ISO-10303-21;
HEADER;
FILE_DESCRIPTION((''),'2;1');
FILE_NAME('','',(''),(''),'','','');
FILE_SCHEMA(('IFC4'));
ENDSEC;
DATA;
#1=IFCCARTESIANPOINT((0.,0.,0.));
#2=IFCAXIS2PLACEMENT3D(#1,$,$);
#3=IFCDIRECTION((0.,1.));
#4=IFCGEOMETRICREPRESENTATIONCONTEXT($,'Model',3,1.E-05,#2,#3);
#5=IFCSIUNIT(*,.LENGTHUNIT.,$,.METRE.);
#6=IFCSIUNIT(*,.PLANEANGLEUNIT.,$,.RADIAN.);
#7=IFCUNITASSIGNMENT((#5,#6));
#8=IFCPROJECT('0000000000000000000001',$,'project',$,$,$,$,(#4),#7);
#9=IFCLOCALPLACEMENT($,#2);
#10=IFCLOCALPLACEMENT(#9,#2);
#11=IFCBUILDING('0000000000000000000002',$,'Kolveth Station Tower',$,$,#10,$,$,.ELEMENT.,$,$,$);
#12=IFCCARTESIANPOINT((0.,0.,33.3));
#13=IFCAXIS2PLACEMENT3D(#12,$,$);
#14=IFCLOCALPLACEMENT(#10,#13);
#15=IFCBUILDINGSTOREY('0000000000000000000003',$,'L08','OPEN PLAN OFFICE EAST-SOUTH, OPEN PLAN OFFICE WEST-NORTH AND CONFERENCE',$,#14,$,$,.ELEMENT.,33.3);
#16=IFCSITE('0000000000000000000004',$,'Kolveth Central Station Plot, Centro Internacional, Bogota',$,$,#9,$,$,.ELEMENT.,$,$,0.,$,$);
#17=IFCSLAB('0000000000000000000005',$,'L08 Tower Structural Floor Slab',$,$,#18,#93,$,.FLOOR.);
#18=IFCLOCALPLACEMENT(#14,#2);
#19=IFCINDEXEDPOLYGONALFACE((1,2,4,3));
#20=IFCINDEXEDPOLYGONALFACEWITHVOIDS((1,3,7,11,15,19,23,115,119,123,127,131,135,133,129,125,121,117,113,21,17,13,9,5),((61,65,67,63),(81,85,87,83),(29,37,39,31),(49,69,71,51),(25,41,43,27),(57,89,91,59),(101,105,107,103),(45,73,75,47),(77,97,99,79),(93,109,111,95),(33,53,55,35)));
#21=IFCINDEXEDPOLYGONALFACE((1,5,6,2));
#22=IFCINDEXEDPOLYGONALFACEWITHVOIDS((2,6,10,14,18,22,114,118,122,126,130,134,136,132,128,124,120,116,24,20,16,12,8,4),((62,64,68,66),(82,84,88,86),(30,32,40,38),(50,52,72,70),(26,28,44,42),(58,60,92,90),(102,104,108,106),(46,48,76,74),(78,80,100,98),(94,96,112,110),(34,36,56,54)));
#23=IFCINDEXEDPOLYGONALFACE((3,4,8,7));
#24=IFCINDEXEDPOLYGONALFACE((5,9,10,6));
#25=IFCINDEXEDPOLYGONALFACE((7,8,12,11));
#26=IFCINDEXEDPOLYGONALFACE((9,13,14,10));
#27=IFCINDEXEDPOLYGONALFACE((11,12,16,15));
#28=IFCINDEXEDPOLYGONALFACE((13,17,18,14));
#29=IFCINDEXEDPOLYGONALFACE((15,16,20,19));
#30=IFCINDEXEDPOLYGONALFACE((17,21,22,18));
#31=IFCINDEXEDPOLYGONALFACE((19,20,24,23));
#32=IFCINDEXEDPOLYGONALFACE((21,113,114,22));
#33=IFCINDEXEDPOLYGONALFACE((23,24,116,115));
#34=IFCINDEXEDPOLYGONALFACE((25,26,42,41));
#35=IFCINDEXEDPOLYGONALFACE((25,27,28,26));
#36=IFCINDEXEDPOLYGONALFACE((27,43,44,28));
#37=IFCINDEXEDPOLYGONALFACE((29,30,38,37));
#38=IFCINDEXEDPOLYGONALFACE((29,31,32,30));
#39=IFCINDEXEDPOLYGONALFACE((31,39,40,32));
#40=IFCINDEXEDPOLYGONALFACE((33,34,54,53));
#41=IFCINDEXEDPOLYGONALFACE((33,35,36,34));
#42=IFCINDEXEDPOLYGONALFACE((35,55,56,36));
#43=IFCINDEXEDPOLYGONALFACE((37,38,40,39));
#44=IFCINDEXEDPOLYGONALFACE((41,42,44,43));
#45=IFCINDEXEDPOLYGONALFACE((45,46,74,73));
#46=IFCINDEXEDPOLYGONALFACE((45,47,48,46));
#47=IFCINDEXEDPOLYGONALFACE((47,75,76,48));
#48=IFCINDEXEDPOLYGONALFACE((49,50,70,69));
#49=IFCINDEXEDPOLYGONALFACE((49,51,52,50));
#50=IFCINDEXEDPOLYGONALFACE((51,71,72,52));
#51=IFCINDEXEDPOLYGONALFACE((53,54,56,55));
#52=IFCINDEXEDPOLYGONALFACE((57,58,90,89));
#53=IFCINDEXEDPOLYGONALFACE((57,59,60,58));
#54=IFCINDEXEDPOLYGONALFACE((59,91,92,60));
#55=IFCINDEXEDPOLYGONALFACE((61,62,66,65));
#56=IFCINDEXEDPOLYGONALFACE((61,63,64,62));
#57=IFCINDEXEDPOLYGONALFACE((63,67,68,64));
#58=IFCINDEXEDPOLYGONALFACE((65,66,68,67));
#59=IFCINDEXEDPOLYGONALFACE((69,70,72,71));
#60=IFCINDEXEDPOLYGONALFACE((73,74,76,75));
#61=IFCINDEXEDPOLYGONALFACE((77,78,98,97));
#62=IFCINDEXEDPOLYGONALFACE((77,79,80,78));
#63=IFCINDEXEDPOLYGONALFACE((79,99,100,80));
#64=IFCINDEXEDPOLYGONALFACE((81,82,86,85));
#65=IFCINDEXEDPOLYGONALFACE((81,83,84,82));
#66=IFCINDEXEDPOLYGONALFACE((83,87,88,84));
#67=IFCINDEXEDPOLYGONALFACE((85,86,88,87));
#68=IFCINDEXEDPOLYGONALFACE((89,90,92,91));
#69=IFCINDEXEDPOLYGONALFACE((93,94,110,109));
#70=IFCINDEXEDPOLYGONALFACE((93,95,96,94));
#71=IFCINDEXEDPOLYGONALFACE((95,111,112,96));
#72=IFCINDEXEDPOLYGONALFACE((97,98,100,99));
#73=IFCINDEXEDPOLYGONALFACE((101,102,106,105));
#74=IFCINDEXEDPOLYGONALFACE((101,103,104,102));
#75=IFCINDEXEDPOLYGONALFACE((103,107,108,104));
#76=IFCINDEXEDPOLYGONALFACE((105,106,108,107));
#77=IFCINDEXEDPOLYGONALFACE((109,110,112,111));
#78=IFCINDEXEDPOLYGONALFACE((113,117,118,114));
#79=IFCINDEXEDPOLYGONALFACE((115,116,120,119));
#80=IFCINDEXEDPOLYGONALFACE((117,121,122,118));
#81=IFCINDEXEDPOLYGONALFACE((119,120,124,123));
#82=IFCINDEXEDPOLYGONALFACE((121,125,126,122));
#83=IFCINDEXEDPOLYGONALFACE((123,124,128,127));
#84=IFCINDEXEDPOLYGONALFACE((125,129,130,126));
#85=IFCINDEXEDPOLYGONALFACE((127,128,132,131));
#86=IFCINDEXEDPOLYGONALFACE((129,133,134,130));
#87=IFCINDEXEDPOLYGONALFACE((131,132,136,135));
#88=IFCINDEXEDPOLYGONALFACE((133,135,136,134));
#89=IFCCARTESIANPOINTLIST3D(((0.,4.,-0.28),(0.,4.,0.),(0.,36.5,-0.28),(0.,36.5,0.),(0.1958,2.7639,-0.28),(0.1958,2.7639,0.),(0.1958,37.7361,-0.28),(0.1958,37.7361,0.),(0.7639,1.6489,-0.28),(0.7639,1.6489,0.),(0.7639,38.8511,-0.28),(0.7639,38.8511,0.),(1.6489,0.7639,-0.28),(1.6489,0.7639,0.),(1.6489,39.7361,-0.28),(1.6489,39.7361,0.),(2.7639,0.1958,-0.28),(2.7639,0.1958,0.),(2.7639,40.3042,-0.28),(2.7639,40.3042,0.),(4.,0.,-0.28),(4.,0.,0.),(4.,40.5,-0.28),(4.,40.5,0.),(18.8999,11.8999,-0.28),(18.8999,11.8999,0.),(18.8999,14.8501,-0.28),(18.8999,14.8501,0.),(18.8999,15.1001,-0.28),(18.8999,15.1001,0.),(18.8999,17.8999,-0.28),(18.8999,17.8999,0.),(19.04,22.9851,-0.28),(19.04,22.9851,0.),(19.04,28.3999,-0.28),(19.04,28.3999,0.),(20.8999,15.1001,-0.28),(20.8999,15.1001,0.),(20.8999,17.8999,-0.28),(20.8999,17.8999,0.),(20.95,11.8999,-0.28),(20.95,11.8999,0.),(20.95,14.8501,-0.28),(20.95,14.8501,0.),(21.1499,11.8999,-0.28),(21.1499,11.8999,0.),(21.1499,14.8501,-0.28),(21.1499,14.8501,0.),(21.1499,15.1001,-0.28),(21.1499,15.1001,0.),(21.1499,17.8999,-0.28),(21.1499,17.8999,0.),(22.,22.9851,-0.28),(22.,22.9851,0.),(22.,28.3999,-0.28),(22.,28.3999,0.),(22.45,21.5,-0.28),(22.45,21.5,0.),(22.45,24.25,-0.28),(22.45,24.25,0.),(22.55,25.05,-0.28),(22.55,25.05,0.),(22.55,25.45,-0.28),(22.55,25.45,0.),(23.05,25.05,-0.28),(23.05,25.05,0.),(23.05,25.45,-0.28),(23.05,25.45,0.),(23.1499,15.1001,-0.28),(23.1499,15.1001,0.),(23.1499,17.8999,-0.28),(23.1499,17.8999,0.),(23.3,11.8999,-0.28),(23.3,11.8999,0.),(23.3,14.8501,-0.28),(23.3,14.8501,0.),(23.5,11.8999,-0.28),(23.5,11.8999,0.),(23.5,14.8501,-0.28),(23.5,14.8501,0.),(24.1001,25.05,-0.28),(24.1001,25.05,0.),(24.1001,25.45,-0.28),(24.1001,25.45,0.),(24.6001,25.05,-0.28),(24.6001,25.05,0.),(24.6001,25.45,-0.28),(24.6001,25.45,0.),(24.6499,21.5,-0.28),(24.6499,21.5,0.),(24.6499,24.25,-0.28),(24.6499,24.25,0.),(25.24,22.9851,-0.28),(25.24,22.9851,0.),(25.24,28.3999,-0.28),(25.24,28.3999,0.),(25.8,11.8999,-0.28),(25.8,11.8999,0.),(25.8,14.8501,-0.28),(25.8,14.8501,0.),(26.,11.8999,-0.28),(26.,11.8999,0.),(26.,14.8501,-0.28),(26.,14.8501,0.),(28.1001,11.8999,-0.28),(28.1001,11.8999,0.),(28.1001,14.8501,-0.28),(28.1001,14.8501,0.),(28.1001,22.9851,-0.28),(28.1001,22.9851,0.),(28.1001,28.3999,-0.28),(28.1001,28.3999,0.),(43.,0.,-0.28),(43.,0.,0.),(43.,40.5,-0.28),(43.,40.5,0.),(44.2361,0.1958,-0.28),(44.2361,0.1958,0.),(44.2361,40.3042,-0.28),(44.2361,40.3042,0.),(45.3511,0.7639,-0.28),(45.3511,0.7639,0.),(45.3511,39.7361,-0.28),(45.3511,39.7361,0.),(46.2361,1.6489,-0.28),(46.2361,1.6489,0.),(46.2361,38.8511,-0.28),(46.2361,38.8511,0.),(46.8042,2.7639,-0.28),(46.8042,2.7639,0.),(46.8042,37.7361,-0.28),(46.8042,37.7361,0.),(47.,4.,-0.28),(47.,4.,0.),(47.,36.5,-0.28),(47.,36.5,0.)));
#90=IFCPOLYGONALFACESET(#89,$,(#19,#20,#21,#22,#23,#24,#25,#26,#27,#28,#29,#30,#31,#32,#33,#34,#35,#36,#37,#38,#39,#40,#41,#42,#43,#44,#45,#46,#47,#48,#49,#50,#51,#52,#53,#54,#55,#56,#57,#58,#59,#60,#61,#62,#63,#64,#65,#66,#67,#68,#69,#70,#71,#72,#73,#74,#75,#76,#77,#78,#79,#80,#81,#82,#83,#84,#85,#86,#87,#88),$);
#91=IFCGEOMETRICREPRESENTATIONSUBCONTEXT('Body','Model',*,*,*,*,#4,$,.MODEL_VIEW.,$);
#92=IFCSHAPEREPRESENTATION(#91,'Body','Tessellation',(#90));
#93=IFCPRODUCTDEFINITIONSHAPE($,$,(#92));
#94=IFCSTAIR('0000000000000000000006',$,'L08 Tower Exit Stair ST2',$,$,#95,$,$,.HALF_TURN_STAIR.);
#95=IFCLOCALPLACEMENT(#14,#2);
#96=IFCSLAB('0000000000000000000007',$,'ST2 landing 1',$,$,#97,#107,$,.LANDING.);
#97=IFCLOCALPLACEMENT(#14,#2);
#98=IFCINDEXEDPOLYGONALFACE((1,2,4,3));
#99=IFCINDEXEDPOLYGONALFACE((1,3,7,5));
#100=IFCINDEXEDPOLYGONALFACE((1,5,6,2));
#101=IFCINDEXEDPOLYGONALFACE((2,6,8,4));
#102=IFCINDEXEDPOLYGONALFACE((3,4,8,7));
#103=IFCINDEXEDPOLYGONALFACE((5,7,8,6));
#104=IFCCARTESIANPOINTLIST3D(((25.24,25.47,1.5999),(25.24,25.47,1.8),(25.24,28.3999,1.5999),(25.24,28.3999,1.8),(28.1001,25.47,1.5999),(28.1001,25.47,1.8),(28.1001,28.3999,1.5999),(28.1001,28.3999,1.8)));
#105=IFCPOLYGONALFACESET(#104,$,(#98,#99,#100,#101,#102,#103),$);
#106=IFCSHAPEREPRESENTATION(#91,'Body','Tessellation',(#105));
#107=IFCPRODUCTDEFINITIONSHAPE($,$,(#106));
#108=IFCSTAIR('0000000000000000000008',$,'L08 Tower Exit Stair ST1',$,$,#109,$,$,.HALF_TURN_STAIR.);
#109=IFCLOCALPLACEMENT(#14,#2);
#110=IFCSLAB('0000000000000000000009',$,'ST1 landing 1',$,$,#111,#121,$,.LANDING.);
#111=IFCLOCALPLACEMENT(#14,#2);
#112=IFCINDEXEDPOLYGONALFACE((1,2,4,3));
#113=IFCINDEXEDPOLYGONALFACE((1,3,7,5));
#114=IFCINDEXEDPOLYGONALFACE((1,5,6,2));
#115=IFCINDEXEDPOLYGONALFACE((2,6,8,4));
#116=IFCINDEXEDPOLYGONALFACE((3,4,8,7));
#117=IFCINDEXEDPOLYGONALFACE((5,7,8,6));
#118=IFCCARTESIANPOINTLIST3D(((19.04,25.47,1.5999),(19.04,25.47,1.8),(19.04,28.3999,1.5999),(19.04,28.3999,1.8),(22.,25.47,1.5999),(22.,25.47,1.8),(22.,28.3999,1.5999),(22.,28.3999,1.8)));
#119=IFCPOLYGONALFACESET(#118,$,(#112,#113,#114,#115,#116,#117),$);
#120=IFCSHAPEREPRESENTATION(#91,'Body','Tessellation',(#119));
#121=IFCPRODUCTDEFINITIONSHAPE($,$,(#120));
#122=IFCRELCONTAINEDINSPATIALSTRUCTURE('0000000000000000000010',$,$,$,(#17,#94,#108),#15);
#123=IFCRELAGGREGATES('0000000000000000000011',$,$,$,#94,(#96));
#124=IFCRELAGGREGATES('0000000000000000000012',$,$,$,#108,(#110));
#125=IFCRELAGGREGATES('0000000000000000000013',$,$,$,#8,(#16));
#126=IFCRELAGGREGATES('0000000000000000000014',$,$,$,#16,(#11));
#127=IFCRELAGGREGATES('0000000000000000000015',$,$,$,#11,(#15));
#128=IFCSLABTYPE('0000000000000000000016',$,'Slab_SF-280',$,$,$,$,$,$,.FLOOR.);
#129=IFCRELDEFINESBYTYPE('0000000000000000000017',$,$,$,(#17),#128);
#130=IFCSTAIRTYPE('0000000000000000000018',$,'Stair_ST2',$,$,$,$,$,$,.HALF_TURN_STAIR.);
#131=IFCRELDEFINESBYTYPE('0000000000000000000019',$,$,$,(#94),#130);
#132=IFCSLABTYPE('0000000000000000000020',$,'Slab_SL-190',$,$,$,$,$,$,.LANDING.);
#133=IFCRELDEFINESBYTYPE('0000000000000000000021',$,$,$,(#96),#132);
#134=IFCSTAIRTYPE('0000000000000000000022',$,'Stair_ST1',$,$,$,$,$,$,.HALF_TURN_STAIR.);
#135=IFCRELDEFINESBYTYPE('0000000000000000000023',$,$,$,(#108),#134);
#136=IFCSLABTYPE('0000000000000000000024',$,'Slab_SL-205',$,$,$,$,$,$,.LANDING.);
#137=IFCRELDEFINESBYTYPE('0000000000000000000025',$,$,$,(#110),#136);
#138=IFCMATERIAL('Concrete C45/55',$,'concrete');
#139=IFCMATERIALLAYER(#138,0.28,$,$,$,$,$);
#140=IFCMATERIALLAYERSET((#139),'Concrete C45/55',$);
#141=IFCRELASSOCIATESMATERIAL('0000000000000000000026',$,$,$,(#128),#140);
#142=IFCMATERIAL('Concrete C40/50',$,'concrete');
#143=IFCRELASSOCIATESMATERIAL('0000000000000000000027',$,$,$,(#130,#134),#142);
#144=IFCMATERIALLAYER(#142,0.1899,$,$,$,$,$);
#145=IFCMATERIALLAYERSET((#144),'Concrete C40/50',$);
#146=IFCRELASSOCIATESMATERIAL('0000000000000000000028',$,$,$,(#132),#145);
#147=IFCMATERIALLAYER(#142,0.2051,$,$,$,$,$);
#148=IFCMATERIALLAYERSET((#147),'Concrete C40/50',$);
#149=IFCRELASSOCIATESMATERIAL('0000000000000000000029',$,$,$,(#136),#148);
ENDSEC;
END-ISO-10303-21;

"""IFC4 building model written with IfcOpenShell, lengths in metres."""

from ifc_helpers import new_model, si_unit, direction, frame, origin, place, context, subcontext, project, spatial, polyline, outline, extrude, material, layer, layer_set, type_object, element, aggregate, save


model = new_model("IFC4")

# Units and contexts
model_context = context("Model", 3, precision=1e-05, world=origin(), true_north=direction((0.0, 1.0)))
body_context = subcontext(model_context, "Body", "Model", "MODEL_VIEW")
ifc_project = project(units=[si_unit("LENGTHUNIT", "METRE"), si_unit("PLANEANGLEUNIT", "RADIAN")], contexts=[model_context])

# Site, building, storey
site_placement = place(None, origin())
site = spatial("IfcSite", under=ifc_project, at=site_placement, Name="Kolveth Central Station Plot, Centro Internacional, Bogota", CompositionType="ELEMENT", RefElevation=0.0)
building_placement = place(site_placement, origin())
building = spatial("IfcBuilding", under=site, at=building_placement, Name="Kolveth Station Tower", CompositionType="ELEMENT")
storey_placement = place(building_placement, frame((0.0, 0.0, 33.3)))
storey = spatial("IfcBuildingStorey", under=building, at=storey_placement, Name="L08", Description="OPEN PLAN OFFICE EAST-SOUTH, OPEN PLAN OFFICE WEST-NORTH AND CONFERENCE", CompositionType="ELEMENT", Elevation=33.3)

# Slab
ifc_material_1 = material(Name="Concrete C45/55", Category="concrete")
ifc_layer_1 = layer(ifc_material_1, 0.28)
ifc_layer_set_1 = layer_set([ifc_layer_1], Name="Concrete C45/55")
slab_type_1 = type_object("IfcSlabType", Name="Slab_SF-280", PredefinedType="FLOOR", material=ifc_layer_set_1)
slab_1_placement = place(storey_placement, frame((0.0, 0.0, -0.28)))
element("IfcSlab", 1, at=slab_1_placement, inside=storey, type_object=slab_type_1, Name="L08 Tower Structural Floor Slab", PredefinedType="FLOOR", context=body_context, shape_type="SweptSolid", body=[
    extrude(outline(polyline([(43.0, 0.0), (44.2361, 0.1958), (45.3511, 0.7639), (46.2361, 1.6489), (46.8042, 2.7639), (47.0, 4.0), (47.0, 36.5), (46.8042, 37.7361), (46.2361, 38.8511), (45.3511, 39.7361), (44.2361, 40.3042), (43.0, 40.5), (4.0, 40.5), (2.7639, 40.3042), (1.6489, 39.7361), (0.7639, 38.8511), (0.1958, 37.7361), (0.0, 36.5), (0.0, 4.0), (0.1958, 2.7639), (0.7639, 1.6489), (1.6489, 0.7639), (2.7639, 0.1958), (4.0, 0.0), (43.0, 0.0)]), holes=[polyline([(19.04, 22.9851), (22.0, 22.9851), (22.0, 28.3999), (19.04, 28.3999), (19.04, 22.9851)]), polyline([(25.24, 22.9851), (28.1001, 22.9851), (28.1001, 28.3999), (25.24, 28.3999), (25.24, 22.9851)]), polyline([(18.8999, 15.1001), (20.8999, 15.1001), (20.8999, 17.8999), (18.8999, 17.8999), (18.8999, 15.1001)]), polyline([(21.1499, 15.1001), (23.1499, 15.1001), (23.1499, 17.8999), (21.1499, 17.8999), (21.1499, 15.1001)]), polyline([(22.45, 21.5), (24.6499, 21.5), (24.6499, 24.25), (22.45, 24.25), (22.45, 21.5)]), polyline([(18.8999, 11.8999), (20.95, 11.8999), (20.95, 14.8501), (18.8999, 14.8501), (18.8999, 11.8999)]), polyline([(21.1499, 11.8999), (23.3, 11.8999), (23.3, 14.8501), (21.1499, 14.8501), (21.1499, 11.8999)]), polyline([(23.5, 11.8999), (25.8, 11.8999), (25.8, 14.8501), (23.5, 14.8501), (23.5, 11.8999)]), polyline([(26.0, 11.8999), (28.1001, 11.8999), (28.1001, 14.8501), (26.0, 14.8501), (26.0, 11.8999)]), polyline([(22.55, 25.05), (23.05, 25.05), (23.05, 25.45), (22.55, 25.45), (22.55, 25.05)]), polyline([(24.1001, 25.05), (24.6001, 25.05), (24.6001, 25.45), (24.1001, 25.45), (24.1001, 25.05)])]), origin(), (0.0, 0.0, 1.0), 0.28),
])

# Stairs, slabs
ifc_material_2 = material(Name="Concrete C40/50", Category="concrete")
stair_type_1 = type_object("IfcStairType", Name="Stair_ST2", PredefinedType="HALF_TURN_STAIR", material=ifc_material_2)
stair_1_placement = place(storey_placement, origin())
stair_1 = element("IfcStair", 2, at=stair_1_placement, inside=storey, type_object=stair_type_1, Name="L08 Tower Exit Stair ST2", PredefinedType="HALF_TURN_STAIR")
ifc_layer_2 = layer(ifc_material_2, 0.1899)
ifc_layer_set_2 = layer_set([ifc_layer_2], Name="Concrete C40/50")
slab_type_2 = type_object("IfcSlabType", Name="Slab_SL-190", PredefinedType="LANDING", material=ifc_layer_set_2)
slab_2_placement = place(storey_placement, frame((0.0, 0.0, 1.5999)))
slab_2 = element("IfcSlab", 3, at=slab_2_placement, type_object=slab_type_2, Name="ST2 landing 1", PredefinedType="LANDING", context=body_context, shape_type="SweptSolid", body=[
    extrude(outline(polyline([(28.1001, 25.47), (28.1001, 28.3999), (25.24, 28.3999), (25.24, 25.47), (28.1001, 25.47)])), origin(), (0.0, 0.0, 1.0), 0.2002),
])
aggregate(stair_1, [slab_2])
stair_type_2 = type_object("IfcStairType", Name="Stair_ST1", PredefinedType="HALF_TURN_STAIR", material=ifc_material_2)
stair_2_placement = place(storey_placement, origin())
stair_2 = element("IfcStair", 4, at=stair_2_placement, inside=storey, type_object=stair_type_2, Name="L08 Tower Exit Stair ST1", PredefinedType="HALF_TURN_STAIR")
ifc_layer_3 = layer(ifc_material_2, 0.2051)
ifc_layer_set_3 = layer_set([ifc_layer_3], Name="Concrete C40/50")
slab_type_3 = type_object("IfcSlabType", Name="Slab_SL-205", PredefinedType="LANDING", material=ifc_layer_set_3)
slab_3_placement = place(storey_placement, frame((0.0, 0.0, 1.5999)))
slab_3 = element("IfcSlab", 5, at=slab_3_placement, type_object=slab_type_3, Name="ST1 landing 1", PredefinedType="LANDING", context=body_context, shape_type="SweptSolid", body=[
    extrude(outline(polyline([(22.0, 25.47), (22.0, 28.3999), (19.04, 28.3999), (19.04, 25.47), (22.0, 25.47)])), origin(), (0.0, 0.0, 1.0), 0.2002),
])
aggregate(stair_2, [slab_3])

save(model, "model.ifc")
